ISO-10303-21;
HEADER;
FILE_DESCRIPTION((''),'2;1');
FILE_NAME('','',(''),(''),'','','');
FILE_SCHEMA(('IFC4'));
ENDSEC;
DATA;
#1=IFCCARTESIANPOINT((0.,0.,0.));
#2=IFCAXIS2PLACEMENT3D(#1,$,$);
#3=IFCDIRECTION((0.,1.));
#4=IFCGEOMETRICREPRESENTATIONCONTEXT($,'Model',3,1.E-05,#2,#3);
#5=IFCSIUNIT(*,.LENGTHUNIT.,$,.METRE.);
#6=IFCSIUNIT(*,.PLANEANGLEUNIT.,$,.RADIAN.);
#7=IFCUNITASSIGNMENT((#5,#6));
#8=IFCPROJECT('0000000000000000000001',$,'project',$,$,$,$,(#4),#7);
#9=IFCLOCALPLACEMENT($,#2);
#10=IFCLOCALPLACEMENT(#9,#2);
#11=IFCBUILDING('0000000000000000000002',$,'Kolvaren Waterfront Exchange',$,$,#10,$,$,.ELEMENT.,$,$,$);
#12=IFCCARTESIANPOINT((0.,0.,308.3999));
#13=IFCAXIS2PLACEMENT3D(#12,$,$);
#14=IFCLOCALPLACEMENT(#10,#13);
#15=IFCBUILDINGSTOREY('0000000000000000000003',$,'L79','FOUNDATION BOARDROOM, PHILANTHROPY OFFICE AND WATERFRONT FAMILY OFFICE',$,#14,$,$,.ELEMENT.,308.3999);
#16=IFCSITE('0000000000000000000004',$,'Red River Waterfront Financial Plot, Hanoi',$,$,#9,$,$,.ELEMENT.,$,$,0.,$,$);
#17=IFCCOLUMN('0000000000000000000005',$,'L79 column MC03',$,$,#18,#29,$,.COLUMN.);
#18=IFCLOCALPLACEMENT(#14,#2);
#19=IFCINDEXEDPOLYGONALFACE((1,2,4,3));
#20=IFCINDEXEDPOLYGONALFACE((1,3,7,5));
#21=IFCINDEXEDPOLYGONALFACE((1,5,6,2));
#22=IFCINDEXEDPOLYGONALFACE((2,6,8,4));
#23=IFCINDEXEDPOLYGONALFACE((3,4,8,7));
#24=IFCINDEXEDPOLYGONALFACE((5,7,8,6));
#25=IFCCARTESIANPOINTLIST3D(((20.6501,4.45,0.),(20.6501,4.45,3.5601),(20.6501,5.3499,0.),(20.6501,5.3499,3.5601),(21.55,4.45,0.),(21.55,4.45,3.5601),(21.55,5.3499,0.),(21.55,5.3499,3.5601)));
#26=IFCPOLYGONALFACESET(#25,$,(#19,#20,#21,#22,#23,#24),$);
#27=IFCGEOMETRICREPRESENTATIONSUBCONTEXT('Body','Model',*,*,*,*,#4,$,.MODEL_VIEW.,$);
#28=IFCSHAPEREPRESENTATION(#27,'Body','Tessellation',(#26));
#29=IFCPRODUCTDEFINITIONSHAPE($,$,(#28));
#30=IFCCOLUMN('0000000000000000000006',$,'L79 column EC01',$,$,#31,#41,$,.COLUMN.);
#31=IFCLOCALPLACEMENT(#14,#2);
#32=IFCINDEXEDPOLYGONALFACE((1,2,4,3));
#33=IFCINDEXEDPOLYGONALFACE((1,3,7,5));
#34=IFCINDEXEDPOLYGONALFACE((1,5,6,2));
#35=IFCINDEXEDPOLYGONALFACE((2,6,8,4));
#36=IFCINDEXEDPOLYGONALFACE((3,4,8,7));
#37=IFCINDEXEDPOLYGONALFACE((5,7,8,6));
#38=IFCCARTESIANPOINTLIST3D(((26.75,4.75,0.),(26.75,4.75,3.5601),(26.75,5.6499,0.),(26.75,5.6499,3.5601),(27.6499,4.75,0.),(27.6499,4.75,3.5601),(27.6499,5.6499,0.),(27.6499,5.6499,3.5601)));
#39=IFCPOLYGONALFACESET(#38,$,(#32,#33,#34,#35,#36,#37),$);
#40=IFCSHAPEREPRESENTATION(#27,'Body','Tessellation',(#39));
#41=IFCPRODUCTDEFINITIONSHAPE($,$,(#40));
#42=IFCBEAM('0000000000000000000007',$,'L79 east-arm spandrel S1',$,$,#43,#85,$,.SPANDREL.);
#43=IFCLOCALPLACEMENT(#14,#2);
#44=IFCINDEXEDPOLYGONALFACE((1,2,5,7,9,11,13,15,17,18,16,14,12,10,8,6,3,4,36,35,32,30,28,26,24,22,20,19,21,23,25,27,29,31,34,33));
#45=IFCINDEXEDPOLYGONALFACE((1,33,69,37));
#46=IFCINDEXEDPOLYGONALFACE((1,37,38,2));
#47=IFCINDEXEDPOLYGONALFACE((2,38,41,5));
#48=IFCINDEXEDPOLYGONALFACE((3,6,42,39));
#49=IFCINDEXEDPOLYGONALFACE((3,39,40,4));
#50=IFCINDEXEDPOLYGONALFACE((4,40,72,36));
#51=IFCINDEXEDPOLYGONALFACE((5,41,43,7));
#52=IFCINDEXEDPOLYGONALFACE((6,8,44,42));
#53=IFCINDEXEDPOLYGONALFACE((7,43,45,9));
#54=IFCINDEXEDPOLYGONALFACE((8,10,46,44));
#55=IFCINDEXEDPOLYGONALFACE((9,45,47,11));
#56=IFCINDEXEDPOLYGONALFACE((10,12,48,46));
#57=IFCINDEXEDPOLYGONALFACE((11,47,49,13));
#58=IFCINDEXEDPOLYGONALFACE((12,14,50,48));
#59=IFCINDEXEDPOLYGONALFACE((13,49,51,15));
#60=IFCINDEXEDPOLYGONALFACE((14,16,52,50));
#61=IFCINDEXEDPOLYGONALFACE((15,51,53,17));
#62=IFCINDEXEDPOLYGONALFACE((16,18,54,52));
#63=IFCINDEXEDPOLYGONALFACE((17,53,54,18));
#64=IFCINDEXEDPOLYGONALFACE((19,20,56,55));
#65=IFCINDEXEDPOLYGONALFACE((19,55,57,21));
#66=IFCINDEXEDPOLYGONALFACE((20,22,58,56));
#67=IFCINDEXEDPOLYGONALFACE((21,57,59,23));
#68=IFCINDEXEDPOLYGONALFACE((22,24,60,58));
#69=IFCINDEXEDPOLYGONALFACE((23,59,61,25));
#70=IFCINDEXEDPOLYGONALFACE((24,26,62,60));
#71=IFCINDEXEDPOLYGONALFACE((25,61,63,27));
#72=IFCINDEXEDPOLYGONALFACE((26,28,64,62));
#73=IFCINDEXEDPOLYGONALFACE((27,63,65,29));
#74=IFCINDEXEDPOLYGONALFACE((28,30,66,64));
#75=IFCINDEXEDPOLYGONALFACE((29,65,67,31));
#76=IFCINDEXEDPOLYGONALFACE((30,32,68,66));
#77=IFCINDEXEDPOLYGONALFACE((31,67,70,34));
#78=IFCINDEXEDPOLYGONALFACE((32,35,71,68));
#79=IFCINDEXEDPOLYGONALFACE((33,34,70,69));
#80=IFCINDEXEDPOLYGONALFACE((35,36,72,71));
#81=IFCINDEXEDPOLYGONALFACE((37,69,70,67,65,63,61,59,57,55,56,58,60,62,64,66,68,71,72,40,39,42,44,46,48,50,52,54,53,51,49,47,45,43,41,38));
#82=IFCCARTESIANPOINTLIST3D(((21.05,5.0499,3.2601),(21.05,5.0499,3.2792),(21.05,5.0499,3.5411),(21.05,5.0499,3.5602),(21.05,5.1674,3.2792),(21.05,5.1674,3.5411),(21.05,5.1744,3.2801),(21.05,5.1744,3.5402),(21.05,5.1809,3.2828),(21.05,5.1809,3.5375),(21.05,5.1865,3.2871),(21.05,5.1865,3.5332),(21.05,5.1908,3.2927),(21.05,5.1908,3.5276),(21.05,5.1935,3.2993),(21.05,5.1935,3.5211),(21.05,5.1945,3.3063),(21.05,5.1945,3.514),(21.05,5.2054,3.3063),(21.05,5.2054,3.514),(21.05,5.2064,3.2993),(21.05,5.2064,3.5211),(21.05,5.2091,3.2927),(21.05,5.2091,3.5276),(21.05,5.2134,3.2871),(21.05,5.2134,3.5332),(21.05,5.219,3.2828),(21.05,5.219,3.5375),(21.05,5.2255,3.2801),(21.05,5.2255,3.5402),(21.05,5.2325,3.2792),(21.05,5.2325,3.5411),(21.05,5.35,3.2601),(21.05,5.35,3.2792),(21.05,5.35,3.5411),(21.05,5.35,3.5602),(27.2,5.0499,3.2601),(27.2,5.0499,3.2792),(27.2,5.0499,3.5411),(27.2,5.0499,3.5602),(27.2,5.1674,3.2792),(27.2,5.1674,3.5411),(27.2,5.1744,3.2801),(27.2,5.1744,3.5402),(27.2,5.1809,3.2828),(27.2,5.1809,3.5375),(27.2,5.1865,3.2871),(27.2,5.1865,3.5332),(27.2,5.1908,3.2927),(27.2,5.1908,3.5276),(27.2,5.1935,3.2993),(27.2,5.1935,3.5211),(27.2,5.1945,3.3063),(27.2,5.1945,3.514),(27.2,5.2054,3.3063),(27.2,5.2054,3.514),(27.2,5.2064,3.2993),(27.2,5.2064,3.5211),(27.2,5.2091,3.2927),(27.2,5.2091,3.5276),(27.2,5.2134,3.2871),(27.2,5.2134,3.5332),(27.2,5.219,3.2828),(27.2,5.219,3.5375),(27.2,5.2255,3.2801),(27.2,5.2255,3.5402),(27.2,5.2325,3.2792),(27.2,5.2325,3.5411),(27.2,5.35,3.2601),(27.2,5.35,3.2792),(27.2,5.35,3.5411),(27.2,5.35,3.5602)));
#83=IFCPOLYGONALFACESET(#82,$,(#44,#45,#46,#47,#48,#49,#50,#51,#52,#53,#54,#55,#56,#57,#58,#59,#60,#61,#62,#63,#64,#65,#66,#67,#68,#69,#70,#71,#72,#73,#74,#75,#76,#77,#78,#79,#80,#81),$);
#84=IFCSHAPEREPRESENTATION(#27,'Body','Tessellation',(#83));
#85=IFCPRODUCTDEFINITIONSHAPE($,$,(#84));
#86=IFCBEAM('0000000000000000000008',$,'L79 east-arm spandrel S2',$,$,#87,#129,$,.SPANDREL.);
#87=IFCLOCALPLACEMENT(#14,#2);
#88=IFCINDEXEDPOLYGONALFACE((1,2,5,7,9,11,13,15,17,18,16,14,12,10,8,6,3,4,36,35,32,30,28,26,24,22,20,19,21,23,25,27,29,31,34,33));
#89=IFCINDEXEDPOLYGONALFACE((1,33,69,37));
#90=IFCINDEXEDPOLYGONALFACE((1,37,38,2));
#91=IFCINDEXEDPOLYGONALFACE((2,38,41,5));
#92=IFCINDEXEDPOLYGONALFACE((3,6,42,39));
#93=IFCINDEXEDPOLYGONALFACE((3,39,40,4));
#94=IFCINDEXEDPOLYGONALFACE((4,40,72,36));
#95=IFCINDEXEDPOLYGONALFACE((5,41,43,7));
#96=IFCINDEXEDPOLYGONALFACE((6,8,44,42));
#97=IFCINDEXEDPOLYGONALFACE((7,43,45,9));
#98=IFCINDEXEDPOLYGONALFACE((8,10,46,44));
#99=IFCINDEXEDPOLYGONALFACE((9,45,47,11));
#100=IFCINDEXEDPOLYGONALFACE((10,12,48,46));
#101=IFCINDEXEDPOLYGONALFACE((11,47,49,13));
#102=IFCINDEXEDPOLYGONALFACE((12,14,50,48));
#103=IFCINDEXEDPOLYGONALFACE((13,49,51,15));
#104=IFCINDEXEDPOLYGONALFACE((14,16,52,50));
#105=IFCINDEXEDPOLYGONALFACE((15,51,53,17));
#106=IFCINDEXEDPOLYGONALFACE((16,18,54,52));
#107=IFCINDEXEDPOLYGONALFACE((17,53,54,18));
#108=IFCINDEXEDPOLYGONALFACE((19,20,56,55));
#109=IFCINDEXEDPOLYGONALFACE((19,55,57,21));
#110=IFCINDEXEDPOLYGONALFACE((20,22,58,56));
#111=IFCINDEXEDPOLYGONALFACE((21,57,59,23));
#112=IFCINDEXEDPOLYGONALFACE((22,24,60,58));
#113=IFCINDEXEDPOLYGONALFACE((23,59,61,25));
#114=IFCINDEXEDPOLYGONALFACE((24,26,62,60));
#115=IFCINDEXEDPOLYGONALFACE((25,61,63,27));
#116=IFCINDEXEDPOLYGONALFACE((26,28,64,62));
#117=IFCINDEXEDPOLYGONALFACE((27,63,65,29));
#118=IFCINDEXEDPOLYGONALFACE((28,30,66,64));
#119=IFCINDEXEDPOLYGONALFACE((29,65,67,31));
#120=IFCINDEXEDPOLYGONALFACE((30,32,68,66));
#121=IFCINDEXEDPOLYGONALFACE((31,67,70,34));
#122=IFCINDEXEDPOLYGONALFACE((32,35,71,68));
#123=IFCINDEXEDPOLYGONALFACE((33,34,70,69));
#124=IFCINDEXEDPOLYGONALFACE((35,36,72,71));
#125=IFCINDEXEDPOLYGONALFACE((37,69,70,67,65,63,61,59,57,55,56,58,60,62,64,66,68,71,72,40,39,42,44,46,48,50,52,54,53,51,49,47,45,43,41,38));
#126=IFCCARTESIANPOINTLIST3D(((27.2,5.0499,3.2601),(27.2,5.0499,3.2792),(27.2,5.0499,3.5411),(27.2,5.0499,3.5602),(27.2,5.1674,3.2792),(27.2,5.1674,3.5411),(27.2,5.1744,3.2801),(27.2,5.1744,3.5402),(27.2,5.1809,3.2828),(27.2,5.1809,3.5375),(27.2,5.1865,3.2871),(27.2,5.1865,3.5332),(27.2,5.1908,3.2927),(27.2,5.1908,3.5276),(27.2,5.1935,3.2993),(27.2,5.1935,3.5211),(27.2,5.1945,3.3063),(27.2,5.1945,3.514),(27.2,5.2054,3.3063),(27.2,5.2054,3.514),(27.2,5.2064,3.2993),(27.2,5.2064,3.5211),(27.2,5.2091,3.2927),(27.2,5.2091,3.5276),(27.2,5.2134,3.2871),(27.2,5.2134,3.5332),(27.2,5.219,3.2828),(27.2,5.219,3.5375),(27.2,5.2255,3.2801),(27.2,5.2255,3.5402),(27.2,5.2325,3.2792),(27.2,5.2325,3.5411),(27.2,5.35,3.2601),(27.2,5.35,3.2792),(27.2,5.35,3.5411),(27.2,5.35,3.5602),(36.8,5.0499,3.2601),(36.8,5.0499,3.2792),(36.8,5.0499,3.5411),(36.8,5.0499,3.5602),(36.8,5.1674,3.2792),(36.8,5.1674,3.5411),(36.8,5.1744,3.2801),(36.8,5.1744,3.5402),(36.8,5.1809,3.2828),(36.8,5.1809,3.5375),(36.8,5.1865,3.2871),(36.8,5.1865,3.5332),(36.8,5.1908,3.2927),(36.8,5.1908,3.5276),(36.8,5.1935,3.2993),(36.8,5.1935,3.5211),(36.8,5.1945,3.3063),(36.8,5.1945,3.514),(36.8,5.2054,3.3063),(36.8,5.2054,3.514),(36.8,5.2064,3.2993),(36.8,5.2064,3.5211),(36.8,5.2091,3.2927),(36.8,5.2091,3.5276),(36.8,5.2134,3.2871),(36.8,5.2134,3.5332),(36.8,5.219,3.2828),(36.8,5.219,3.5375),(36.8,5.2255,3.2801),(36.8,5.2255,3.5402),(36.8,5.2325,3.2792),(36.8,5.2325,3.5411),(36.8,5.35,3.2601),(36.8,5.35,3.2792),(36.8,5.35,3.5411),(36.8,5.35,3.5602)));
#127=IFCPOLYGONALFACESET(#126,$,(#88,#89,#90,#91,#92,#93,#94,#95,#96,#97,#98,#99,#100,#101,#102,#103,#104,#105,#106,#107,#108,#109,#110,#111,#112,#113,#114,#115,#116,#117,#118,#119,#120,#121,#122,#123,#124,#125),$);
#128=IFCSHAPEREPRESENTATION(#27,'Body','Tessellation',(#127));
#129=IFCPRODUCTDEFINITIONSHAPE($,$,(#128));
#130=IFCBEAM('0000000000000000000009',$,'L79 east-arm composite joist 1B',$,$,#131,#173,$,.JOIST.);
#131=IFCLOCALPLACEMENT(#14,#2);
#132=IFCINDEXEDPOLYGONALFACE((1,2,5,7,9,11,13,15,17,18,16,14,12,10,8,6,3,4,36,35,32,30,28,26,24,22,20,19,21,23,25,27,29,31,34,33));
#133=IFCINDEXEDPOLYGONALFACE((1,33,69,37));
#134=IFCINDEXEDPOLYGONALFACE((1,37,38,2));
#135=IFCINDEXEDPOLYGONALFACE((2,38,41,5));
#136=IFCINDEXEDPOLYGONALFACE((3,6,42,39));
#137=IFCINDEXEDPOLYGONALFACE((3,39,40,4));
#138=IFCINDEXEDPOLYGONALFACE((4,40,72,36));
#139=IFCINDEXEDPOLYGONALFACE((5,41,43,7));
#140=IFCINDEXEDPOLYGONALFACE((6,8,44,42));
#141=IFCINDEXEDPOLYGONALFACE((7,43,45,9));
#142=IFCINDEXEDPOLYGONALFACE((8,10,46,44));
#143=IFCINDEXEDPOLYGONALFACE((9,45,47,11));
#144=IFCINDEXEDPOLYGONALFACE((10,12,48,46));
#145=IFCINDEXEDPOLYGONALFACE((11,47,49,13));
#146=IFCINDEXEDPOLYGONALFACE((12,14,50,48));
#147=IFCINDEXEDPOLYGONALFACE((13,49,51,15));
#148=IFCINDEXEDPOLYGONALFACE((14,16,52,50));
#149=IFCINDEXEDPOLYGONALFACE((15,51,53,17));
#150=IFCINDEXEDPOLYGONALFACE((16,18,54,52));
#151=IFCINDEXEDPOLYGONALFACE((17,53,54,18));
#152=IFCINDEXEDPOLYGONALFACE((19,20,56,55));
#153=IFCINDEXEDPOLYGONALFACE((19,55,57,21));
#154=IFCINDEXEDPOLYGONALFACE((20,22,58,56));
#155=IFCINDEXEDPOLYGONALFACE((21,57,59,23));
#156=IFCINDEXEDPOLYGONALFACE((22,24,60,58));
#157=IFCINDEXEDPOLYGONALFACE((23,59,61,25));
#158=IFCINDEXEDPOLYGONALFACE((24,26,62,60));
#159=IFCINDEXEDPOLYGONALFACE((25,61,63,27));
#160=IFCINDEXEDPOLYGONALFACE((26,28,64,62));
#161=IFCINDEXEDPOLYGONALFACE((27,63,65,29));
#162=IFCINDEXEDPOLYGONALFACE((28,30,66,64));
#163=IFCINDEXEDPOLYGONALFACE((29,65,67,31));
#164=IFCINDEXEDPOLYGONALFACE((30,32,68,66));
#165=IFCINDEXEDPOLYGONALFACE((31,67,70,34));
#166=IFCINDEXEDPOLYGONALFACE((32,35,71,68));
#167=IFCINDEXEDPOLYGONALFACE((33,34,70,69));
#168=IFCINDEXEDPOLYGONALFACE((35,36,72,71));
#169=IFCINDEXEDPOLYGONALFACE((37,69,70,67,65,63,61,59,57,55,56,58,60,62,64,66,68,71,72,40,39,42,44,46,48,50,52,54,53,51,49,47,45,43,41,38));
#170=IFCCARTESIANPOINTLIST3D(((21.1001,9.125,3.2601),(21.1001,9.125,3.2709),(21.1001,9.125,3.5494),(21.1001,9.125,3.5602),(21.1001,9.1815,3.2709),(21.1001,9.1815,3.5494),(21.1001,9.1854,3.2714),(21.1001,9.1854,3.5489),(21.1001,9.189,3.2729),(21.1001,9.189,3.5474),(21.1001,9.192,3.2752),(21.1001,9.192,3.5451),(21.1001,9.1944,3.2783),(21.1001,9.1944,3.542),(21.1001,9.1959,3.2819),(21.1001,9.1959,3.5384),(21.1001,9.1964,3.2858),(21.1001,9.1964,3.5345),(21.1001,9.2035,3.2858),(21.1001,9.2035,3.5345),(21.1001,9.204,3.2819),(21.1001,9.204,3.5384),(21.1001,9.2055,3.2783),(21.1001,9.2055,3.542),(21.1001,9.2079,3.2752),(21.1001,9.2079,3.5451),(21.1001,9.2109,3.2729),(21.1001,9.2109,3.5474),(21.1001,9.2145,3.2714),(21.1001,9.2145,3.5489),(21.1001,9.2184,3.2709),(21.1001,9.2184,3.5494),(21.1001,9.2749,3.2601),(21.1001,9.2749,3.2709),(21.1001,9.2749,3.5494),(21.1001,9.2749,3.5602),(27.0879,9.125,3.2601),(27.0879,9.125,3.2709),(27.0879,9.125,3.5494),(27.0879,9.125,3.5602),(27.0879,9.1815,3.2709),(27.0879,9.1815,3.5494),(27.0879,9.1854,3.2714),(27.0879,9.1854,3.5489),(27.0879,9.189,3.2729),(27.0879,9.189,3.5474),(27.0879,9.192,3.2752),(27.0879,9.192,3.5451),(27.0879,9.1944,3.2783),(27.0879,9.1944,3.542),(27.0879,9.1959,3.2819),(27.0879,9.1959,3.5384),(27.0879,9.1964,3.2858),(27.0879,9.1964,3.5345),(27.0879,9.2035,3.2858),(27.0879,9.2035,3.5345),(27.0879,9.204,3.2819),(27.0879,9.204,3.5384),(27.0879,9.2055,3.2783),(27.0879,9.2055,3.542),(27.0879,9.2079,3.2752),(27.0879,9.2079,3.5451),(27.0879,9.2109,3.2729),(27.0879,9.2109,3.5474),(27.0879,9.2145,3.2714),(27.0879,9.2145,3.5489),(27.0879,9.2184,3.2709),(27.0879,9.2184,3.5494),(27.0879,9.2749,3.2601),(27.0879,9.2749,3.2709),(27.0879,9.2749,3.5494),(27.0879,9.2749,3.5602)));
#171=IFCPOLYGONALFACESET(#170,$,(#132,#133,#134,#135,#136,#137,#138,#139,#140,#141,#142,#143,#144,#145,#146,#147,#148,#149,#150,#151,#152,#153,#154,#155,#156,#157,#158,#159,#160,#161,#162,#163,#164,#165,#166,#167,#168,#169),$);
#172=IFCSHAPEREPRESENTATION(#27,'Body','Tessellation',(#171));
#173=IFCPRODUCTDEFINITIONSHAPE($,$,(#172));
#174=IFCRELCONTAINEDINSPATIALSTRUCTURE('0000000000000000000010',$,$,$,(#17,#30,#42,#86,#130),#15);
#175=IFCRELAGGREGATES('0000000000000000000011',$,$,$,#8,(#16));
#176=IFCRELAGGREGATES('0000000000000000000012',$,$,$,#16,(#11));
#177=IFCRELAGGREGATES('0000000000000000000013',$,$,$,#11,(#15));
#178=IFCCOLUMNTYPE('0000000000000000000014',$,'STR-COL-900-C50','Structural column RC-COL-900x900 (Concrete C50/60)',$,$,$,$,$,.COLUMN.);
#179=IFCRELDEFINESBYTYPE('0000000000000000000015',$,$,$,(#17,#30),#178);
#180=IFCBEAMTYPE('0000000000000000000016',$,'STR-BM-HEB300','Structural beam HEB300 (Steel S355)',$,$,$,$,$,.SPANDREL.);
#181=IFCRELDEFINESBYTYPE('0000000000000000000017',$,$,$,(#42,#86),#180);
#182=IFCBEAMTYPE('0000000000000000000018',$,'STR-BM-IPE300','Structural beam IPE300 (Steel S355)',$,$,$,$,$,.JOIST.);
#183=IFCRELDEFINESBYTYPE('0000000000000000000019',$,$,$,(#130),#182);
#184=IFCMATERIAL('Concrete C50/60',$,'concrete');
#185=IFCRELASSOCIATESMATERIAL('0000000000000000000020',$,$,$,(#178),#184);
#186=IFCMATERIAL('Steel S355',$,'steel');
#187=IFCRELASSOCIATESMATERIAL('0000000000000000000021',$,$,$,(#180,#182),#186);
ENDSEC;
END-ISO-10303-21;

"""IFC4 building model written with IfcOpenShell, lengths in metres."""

from ifc_helpers import new_model, si_unit, direction, frame, origin, origin_2d, place, context, subcontext, project, spatial, rectangle, i_section, extrude, material, material_profile, profile_set, type_object, element, save


model = new_model("IFC4")

# Units and contexts
model_context = context("Model", 3, precision=1e-05, world=origin(), true_north=direction((0.0, 1.0)))
body_context = subcontext(model_context, "Body", "Model", "MODEL_VIEW")
ifc_project = project(units=[si_unit("LENGTHUNIT", "METRE"), si_unit("PLANEANGLEUNIT", "RADIAN")], contexts=[model_context])

# Site, building, storey
site_placement = place(None, origin())
site = spatial("IfcSite", under=ifc_project, at=site_placement, Name="Red River Waterfront Financial Plot, Hanoi", CompositionType="ELEMENT", RefElevation=0.0)
building_placement = place(site_placement, origin())
building = spatial("IfcBuilding", under=site, at=building_placement, Name="Kolvaren Waterfront Exchange", CompositionType="ELEMENT")
storey_placement = place(building_placement, frame((0.0, 0.0, 308.3999)))
storey = spatial("IfcBuildingStorey", under=building, at=storey_placement, Name="L79", Description="FOUNDATION BOARDROOM, PHILANTHROPY OFFICE AND WATERFRONT FAMILY OFFICE", CompositionType="ELEMENT", Elevation=308.3999)

# Columns
ifc_material_1 = material(Name="Concrete C50/60", Category="concrete")
ifc_material_profile_1 = material_profile(ifc_material_1, rectangle(XDim=0.8999, YDim=0.8999, at=origin_2d()), Name="RC-COL-900x900")
ifc_profile_set_1 = profile_set([ifc_material_profile_1], Name="Concrete C50/60")
column_type = type_object("IfcColumnType", Name="STR-COL-900-C50", Description="Structural column RC-COL-900x900 (Concrete C50/60)", PredefinedType="COLUMN", material=ifc_profile_set_1)
for number, where, z_axis, x_axis, name in (
    (1, (21.1001, 4.8999, 0.0), (0.0, 0.0, 1.0), (1.0, 0.0, 0.0), "L79 column MC03"),
    (2, (27.2, 5.2, 0.0), (0.0, 0.0, 1.0), (1.0, 0.0, 0.0), "L79 column EC01"),
):
    element("IfcColumn", number, at=place(storey_placement, frame(where, z_axis=z_axis, x_axis=x_axis)), inside=storey, type_object=column_type, Name=name, PredefinedType="COLUMN", context=body_context, shape_type="SweptSolid", body=[
        extrude(rectangle(XDim=0.8999, YDim=0.8999, at=origin_2d()), origin(), (0.0, 0.0, 1.0), 3.5601),
    ])

# Beams
ifc_material_2 = material(Name="Steel S355", Category="steel")
ifc_material_profile_2 = material_profile(ifc_material_2, i_section(OverallWidth=0.3, OverallDepth=0.3, WebThickness=0.011, FlangeThickness=0.019, FilletRadius=0.0271, at=origin_2d()), Name="HEB300")
ifc_profile_set_2 = profile_set([ifc_material_profile_2], Name="Steel S355")
beam_type_1 = type_object("IfcBeamType", Name="STR-BM-HEB300", Description="Structural beam HEB300 (Steel S355)", PredefinedType="SPANDREL", material=ifc_profile_set_2)
beam_1_placement = place(storey_placement, frame((21.05, 5.2, 3.4102), z_axis=(1.0, 0.0, 0.0), x_axis=(0.0, 1.0, 0.0)))
element("IfcBeam", 3, at=beam_1_placement, inside=storey, type_object=beam_type_1, Name="L79 east-arm spandrel S1", PredefinedType="SPANDREL", context=body_context, shape_type="SweptSolid", body=[
    extrude(i_section(OverallWidth=0.3, OverallDepth=0.3, WebThickness=0.011, FlangeThickness=0.019, FilletRadius=0.0271, at=origin_2d()), origin(), (0.0, 0.0, 1.0), 6.1499),
])
beam_2_placement = place(storey_placement, frame((27.2, 5.2, 3.4102), z_axis=(1.0, 0.0, 0.0), x_axis=(0.0, 1.0, 0.0)))
element("IfcBeam", 4, at=beam_2_placement, inside=storey, type_object=beam_type_1, Name="L79 east-arm spandrel S2", PredefinedType="SPANDREL", context=body_context, shape_type="SweptSolid", body=[
    extrude(i_section(OverallWidth=0.3, OverallDepth=0.3, WebThickness=0.011, FlangeThickness=0.019, FilletRadius=0.0271, at=origin_2d()), origin(), (0.0, 0.0, 1.0), 9.6001),
])
ifc_material_profile_3 = material_profile(ifc_material_2, i_section(OverallWidth=0.1499, OverallDepth=0.3, WebThickness=0.0071, FlangeThickness=0.0107, FilletRadius=0.0149, at=origin_2d()), Name="IPE300")
ifc_profile_set_3 = profile_set([ifc_material_profile_3], Name="Steel S355")
beam_type_2 = type_object("IfcBeamType", Name="STR-BM-IPE300", Description="Structural beam IPE300 (Steel S355)", PredefinedType="JOIST", material=ifc_profile_set_3)
beam_3_placement = place(storey_placement, frame((21.1001, 9.2, 3.4102), z_axis=(1.0, 0.0, 0.0), x_axis=(0.0, 1.0, 0.0)))
element("IfcBeam", 5, at=beam_3_placement, inside=storey, type_object=beam_type_2, Name="L79 east-arm composite joist 1B", PredefinedType="JOIST", context=body_context, shape_type="SweptSolid", body=[
    extrude(i_section(OverallWidth=0.1499, OverallDepth=0.3, WebThickness=0.0071, FlangeThickness=0.0107, FilletRadius=0.0149, at=origin_2d()), origin(), (0.0, 0.0, 1.0), 5.9878),
])

save(model, "model.ifc")
